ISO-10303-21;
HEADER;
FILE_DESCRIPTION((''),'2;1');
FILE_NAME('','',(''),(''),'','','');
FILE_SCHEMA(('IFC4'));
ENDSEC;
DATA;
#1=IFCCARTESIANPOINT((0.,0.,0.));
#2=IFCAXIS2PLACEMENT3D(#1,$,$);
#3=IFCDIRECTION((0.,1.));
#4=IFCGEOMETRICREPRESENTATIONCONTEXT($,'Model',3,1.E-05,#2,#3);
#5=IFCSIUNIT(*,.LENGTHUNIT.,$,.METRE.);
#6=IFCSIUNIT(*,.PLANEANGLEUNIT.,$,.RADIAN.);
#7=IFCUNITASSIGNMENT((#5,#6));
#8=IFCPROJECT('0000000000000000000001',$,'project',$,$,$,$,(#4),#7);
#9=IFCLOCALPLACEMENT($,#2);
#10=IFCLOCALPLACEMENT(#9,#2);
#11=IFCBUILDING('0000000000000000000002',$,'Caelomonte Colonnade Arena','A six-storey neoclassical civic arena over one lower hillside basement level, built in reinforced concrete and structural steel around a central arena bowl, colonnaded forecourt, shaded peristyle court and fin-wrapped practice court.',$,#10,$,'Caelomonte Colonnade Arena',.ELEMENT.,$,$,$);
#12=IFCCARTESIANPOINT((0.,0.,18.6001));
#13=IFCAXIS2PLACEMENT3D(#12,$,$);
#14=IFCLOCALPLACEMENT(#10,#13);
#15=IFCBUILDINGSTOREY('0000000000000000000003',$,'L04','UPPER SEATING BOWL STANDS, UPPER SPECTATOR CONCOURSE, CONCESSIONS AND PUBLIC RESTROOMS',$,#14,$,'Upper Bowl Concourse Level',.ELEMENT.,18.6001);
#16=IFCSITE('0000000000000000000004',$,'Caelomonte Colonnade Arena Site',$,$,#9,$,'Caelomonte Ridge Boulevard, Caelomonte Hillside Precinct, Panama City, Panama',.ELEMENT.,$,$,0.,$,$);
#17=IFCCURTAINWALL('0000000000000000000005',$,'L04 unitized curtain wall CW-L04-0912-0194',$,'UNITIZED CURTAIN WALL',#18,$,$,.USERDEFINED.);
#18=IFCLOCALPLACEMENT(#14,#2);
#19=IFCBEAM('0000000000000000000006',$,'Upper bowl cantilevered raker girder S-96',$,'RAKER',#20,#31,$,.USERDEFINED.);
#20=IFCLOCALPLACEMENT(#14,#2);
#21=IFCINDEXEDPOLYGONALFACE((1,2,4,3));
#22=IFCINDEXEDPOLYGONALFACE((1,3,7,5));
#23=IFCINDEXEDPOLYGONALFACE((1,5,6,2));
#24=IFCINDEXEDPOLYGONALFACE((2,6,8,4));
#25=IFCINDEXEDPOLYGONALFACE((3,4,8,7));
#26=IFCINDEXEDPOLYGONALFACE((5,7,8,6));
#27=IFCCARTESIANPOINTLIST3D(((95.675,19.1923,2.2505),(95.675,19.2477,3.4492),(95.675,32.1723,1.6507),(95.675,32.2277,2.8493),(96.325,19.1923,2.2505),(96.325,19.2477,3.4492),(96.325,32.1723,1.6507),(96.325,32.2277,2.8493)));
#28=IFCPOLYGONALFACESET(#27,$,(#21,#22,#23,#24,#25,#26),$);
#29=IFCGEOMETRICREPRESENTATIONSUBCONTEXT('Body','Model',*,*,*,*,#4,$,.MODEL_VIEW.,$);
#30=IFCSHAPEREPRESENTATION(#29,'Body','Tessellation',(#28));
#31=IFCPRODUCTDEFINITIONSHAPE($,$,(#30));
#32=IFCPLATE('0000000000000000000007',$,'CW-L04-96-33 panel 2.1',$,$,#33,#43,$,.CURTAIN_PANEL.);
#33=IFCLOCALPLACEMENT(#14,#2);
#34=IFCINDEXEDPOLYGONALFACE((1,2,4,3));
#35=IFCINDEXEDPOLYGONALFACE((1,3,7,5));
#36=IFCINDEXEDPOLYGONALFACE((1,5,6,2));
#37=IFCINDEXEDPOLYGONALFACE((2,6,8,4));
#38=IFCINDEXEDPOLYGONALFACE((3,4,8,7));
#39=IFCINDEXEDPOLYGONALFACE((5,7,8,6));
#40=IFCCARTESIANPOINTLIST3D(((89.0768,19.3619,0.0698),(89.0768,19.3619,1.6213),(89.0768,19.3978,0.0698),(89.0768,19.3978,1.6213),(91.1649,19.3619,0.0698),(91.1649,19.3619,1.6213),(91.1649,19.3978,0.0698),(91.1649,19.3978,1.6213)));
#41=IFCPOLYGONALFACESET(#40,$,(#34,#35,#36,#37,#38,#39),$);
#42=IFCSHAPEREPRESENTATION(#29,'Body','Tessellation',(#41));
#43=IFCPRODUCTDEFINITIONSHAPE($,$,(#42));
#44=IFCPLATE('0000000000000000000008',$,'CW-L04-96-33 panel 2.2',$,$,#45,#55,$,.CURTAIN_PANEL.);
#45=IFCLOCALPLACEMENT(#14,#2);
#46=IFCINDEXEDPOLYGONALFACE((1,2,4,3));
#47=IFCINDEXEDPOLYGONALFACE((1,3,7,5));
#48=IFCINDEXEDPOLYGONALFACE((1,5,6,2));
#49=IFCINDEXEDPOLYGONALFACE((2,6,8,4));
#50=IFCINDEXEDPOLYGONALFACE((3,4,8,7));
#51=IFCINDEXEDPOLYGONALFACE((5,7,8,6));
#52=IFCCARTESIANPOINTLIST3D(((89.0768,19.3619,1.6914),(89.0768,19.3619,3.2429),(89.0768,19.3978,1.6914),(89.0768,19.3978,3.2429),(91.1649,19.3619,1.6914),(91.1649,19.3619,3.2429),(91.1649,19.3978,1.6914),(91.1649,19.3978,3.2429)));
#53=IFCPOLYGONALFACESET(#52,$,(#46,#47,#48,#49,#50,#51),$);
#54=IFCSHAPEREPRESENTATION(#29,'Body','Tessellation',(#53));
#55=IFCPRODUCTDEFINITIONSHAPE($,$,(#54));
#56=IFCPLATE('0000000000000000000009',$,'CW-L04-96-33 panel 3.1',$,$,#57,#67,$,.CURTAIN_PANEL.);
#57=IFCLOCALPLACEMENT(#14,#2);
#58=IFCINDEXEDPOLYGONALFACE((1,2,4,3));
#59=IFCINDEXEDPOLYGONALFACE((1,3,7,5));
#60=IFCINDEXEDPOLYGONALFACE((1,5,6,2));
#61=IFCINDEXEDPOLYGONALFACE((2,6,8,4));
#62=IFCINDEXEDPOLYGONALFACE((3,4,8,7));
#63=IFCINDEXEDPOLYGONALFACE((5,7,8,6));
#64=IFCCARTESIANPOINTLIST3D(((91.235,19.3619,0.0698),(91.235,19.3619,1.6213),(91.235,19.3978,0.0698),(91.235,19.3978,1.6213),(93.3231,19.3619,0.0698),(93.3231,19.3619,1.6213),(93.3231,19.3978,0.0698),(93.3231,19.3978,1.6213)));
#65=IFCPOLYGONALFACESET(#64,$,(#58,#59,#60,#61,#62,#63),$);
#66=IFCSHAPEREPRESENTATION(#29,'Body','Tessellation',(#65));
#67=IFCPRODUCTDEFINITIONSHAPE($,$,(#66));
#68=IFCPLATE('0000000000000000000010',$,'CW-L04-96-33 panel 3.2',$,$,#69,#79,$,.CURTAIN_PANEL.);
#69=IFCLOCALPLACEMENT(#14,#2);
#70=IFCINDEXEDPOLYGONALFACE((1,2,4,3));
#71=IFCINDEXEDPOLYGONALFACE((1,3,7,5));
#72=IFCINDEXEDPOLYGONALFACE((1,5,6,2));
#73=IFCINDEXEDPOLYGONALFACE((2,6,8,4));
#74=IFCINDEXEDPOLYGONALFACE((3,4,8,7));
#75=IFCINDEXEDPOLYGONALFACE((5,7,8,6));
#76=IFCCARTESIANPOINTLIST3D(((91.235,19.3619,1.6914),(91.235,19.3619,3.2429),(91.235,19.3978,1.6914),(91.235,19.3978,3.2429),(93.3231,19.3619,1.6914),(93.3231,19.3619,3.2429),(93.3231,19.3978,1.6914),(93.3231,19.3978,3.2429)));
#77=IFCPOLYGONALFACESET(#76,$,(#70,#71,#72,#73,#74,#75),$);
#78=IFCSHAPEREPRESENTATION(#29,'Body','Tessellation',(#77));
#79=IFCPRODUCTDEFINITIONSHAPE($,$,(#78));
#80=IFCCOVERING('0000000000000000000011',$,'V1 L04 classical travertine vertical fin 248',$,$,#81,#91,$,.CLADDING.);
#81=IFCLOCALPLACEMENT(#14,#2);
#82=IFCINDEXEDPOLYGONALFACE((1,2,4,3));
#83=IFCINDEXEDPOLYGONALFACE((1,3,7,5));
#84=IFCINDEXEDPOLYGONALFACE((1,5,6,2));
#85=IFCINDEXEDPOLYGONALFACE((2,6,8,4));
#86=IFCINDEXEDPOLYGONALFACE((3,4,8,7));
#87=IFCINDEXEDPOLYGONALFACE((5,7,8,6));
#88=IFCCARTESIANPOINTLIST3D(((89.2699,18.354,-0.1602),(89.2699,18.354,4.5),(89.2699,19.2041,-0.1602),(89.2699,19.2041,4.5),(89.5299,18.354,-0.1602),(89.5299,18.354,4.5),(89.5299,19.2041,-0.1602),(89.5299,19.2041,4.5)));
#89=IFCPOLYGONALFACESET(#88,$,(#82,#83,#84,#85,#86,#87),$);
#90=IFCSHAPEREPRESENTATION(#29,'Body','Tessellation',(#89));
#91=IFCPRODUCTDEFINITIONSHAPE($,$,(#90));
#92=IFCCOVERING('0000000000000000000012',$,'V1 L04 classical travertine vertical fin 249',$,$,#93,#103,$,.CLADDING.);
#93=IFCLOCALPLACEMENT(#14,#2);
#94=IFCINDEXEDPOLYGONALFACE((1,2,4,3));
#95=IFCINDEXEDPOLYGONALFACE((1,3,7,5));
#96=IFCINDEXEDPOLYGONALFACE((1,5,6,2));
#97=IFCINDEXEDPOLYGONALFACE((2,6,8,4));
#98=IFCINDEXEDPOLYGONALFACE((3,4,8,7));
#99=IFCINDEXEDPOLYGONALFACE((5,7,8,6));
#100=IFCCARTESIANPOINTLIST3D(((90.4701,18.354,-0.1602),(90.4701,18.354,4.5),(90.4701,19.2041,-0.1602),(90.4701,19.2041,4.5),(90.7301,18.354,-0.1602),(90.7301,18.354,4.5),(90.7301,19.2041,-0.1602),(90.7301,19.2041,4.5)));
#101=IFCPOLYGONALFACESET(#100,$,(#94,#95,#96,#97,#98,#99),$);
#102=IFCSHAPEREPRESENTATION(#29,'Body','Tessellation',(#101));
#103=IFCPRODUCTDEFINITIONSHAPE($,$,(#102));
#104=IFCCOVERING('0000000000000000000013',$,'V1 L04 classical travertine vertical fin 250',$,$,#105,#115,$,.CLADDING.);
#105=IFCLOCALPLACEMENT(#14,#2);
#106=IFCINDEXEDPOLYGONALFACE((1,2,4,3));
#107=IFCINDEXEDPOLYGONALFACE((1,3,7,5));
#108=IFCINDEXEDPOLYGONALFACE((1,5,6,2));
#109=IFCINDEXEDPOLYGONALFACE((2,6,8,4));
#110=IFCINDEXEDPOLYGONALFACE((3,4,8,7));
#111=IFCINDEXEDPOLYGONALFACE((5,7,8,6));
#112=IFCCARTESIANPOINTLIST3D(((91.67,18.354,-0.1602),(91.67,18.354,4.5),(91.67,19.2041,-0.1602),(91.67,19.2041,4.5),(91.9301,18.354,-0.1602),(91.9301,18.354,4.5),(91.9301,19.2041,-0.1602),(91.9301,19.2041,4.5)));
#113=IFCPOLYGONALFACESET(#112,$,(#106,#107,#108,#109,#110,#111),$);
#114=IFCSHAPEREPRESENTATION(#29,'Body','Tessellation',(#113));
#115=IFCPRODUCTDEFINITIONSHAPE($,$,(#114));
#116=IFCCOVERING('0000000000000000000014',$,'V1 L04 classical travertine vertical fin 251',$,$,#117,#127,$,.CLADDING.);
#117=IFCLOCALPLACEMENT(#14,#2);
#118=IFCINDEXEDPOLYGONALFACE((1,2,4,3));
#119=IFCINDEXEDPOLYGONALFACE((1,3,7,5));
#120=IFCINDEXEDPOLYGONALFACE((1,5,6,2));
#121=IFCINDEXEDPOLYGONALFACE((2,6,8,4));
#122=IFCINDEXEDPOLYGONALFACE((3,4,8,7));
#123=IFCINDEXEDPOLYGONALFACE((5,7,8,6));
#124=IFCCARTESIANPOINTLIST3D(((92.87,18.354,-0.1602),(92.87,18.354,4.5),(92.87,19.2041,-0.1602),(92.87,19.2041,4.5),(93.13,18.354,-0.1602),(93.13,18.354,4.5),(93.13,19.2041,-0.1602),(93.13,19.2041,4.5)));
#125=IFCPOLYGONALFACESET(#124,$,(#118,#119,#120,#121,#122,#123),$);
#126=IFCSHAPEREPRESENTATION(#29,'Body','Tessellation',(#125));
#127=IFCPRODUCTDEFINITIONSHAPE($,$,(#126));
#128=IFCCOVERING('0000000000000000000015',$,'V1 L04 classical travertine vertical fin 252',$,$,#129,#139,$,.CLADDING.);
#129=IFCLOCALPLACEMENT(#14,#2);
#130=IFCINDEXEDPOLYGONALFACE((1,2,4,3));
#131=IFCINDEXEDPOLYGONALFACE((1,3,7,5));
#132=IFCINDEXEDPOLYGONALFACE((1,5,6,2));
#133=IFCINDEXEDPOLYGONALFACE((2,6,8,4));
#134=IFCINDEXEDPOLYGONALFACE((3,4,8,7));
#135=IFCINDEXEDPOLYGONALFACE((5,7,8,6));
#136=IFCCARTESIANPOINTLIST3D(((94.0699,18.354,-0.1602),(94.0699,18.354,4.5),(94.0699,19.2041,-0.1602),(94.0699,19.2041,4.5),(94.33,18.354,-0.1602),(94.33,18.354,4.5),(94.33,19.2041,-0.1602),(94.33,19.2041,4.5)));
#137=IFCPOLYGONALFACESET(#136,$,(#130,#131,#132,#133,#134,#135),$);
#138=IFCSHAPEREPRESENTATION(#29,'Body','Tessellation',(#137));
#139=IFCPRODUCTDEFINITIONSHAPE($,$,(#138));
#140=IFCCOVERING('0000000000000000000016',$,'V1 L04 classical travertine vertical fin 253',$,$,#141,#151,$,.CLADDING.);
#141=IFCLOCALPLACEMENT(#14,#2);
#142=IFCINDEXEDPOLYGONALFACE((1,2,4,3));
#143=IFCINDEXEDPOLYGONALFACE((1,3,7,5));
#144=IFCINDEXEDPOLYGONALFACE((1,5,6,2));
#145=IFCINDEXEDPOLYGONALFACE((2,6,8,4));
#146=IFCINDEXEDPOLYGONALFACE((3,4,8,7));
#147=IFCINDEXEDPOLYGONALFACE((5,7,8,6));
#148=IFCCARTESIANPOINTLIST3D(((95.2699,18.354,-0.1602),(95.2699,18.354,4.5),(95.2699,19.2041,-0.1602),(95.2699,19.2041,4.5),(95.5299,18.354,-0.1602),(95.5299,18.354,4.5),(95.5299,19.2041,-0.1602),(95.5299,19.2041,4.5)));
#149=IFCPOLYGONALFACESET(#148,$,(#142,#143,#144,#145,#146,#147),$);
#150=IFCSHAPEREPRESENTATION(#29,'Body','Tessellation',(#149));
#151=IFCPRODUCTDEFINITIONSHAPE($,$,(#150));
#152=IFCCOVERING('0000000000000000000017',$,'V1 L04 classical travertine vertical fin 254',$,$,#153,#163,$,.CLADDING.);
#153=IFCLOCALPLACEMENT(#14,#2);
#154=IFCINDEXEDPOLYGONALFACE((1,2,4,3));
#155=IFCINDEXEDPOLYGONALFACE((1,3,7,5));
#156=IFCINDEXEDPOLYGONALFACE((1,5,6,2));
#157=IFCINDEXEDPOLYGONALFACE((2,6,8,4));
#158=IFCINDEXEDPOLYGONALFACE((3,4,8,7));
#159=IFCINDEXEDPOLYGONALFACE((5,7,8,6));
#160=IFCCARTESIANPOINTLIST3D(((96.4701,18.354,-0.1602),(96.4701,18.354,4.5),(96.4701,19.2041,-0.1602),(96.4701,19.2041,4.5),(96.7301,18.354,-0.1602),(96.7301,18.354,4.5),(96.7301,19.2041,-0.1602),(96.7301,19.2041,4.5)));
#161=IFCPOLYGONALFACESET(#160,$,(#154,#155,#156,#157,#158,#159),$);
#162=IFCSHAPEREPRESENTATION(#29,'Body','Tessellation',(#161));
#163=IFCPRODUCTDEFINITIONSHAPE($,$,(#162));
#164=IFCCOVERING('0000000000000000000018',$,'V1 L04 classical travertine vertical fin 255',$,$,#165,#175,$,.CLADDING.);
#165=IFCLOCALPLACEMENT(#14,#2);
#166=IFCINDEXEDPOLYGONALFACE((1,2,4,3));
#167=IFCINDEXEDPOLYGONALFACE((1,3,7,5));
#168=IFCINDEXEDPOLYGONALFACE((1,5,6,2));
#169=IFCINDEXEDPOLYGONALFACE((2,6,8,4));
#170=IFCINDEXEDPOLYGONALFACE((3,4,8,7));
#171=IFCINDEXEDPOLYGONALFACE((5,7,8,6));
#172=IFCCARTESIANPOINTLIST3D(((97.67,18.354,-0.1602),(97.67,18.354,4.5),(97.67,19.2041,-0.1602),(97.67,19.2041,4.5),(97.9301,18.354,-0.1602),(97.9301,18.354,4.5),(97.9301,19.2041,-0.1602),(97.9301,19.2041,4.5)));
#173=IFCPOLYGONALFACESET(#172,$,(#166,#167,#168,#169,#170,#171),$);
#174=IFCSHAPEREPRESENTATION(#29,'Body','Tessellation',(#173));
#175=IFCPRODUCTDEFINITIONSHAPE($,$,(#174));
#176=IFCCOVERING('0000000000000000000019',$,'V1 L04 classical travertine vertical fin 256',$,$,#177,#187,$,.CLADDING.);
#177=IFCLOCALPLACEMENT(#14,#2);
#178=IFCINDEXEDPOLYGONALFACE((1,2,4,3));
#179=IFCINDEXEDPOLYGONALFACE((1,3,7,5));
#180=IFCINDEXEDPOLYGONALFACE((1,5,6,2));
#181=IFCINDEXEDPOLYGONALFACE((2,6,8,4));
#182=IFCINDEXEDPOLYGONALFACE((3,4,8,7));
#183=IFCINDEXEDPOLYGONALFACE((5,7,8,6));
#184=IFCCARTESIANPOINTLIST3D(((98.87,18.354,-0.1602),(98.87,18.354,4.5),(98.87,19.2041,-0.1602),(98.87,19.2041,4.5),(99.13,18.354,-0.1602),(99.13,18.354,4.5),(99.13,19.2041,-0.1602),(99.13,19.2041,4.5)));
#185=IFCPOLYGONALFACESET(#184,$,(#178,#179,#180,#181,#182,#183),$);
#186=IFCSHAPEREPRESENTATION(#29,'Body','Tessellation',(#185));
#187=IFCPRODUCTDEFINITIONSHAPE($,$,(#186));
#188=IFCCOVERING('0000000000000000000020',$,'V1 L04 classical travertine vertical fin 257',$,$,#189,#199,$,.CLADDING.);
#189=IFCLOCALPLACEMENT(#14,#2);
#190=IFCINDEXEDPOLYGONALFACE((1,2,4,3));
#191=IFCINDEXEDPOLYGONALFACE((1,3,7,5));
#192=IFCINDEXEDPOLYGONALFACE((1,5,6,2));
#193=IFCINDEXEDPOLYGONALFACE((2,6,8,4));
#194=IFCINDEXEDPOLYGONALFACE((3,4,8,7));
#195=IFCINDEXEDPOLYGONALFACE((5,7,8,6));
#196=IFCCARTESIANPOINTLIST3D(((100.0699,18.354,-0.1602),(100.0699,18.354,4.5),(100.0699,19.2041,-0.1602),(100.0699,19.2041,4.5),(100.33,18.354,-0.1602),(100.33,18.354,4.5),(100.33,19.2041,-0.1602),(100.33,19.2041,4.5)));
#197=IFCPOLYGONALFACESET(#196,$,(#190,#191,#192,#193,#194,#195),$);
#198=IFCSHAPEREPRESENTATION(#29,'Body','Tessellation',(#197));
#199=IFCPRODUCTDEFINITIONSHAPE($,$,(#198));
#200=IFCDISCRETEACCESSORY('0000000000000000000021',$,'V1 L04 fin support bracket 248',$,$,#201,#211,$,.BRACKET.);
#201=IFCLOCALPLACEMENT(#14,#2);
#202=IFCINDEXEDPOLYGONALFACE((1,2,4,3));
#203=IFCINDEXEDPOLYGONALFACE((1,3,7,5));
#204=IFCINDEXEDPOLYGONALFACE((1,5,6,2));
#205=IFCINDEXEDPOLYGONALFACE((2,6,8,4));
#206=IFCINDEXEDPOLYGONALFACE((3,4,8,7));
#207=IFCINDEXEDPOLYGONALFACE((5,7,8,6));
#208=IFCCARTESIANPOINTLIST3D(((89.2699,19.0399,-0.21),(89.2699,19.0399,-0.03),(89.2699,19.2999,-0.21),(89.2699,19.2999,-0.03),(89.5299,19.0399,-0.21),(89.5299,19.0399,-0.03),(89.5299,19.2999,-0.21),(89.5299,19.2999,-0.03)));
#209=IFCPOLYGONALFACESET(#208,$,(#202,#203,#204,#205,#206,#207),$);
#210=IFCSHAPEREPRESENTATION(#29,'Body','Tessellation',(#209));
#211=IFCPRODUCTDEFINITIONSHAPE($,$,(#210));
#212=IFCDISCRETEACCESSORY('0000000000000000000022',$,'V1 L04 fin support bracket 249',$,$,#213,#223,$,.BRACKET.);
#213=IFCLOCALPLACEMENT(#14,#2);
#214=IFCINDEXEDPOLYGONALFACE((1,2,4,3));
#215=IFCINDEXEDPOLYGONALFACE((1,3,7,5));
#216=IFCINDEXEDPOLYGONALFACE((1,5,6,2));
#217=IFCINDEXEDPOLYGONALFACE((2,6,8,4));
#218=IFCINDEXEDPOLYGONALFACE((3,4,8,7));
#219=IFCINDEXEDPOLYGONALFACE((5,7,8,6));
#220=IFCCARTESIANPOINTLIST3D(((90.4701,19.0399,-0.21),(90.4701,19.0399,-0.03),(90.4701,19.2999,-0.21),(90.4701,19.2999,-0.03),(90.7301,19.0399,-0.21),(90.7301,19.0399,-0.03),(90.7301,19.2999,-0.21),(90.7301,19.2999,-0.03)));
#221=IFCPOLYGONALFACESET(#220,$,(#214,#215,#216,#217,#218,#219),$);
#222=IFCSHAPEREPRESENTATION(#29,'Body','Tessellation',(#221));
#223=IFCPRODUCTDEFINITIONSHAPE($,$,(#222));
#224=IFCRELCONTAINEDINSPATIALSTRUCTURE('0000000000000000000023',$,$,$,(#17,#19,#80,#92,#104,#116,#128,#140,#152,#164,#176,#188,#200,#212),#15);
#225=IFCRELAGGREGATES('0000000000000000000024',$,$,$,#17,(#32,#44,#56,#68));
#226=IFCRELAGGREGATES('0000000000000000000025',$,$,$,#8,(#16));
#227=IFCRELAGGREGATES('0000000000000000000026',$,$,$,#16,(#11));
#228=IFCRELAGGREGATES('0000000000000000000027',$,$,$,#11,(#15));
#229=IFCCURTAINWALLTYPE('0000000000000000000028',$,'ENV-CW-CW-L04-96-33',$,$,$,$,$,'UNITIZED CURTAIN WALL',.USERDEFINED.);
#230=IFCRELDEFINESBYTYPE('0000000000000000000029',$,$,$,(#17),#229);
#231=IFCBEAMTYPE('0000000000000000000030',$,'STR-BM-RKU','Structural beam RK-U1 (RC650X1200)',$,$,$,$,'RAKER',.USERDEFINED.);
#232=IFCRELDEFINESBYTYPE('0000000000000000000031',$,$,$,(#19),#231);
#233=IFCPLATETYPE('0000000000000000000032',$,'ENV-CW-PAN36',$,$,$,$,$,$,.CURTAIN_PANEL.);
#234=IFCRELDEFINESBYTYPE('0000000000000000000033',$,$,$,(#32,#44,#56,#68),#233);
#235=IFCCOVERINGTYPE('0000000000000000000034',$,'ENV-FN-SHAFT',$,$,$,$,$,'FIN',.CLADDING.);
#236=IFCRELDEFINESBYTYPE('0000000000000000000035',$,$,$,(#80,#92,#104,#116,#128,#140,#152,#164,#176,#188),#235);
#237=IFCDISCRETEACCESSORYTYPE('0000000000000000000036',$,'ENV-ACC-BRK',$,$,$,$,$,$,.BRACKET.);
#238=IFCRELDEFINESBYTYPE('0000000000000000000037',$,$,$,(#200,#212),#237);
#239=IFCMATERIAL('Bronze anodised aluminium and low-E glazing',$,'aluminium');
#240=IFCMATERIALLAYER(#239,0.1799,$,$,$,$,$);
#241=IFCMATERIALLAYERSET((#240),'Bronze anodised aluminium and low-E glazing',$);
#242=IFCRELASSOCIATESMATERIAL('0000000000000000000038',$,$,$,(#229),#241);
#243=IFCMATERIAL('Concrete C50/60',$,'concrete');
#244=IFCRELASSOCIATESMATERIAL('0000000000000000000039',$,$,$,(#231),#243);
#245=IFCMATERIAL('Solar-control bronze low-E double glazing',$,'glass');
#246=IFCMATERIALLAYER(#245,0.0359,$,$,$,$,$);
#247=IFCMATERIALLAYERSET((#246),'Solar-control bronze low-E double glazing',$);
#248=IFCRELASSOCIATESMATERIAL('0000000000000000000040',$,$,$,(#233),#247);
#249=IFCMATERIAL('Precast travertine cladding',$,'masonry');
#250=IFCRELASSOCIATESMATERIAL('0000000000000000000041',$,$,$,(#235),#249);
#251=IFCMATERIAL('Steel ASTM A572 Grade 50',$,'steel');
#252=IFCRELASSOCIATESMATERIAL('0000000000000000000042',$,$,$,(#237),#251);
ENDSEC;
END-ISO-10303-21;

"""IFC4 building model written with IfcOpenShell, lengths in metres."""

from ifc_helpers import new_model, si_unit, direction, frame, origin, origin_2d, place, context, subcontext, project, spatial, rectangle, extrude, material, layer, layer_set, material_profile, profile_set, type_object, element, aggregate, save


model = new_model("IFC4")

# Units and contexts
model_context = context("Model", 3, precision=1e-05, world=origin(), true_north=direction((0.0, 1.0)))
body_context = subcontext(model_context, "Body", "Model", "MODEL_VIEW")
ifc_project = project(units=[si_unit("LENGTHUNIT", "METRE"), si_unit("PLANEANGLEUNIT", "RADIAN")], contexts=[model_context])

# Site, building, storey
site_placement = place(None, origin())
site = spatial("IfcSite", under=ifc_project, at=site_placement, Name="Caelomonte Colonnade Arena Site", LongName="Caelomonte Ridge Boulevard, Caelomonte Hillside Precinct, Panama City, Panama", CompositionType="ELEMENT", RefElevation=0.0)
building_placement = place(site_placement, origin())
building = spatial("IfcBuilding", under=site, at=building_placement, Name="Caelomonte Colonnade Arena", Description="A six-storey neoclassical civic arena over one lower hillside basement level, built in reinforced concrete and structural steel around a central arena bowl, colonnaded forecourt, shaded peristyle court and fin-wrapped practice court.", LongName="Caelomonte Colonnade Arena", CompositionType="ELEMENT")
storey_placement = place(building_placement, frame((0.0, 0.0, 18.6001)))
storey = spatial("IfcBuildingStorey", under=building, at=storey_placement, Name="L04", Description="UPPER SEATING BOWL STANDS, UPPER SPECTATOR CONCOURSE, CONCESSIONS AND PUBLIC RESTROOMS", LongName="Upper Bowl Concourse Level", CompositionType="ELEMENT", Elevation=18.6001)

# Curtain wall
ifc_material_1 = material(Name="Bronze anodised aluminium and low-E glazing", Category="aluminium")
ifc_layer_1 = layer(ifc_material_1, 0.1799)
ifc_layer_set_1 = layer_set([ifc_layer_1], Name="Bronze anodised aluminium and low-E glazing")
curtain_wall_type = type_object("IfcCurtainWallType", Name="ENV-CW-CW-L04-96-33", ElementType="UNITIZED CURTAIN WALL", PredefinedType="USERDEFINED", material=ifc_layer_set_1)
curtain_wall_placement = place(storey_placement, origin())
curtain_wall = element("IfcCurtainWall", 1, at=curtain_wall_placement, inside=storey, type_object=curtain_wall_type, Name="L04 unitized curtain wall CW-L04-0912-0194", ObjectType="UNITIZED CURTAIN WALL", PredefinedType="USERDEFINED")

# Beam
ifc_material_2 = material(Name="Concrete C50/60", Category="concrete")
ifc_material_profile_1 = material_profile(ifc_material_2, rectangle(XDim=0.6499, YDim=1.2, at=origin_2d()), Name="RC650X1200")
ifc_profile_set_1 = profile_set([ifc_material_profile_1], Name="Concrete C50/60")
beam_type_1 = type_object("IfcBeamType", Name="STR-BM-RKU", Description="Structural beam RK-U1 (RC650X1200)", ElementType="RAKER", PredefinedType="USERDEFINED", material=ifc_profile_set_1)
beam_1_placement = place(storey_placement, frame((96.0, 19.22, 2.8499), z_axis=(0.0, 0.998934, -0.046164), x_axis=(-1.0, 0.0, 0.0)))
element("IfcBeam", 2, at=beam_1_placement, inside=storey, type_object=beam_type_1, Name="Upper bowl cantilevered raker girder S-96", ObjectType="RAKER", PredefinedType="USERDEFINED", context=body_context, shape_type="SweptSolid", body=[
    extrude(rectangle(XDim=0.6499, YDim=1.2, at=origin_2d()), origin(), (0.0, 0.0, 1.0), 12.9939),
])

# Plates
ifc_material_3 = material(Name="Solar-control bronze low-E double glazing", Category="glass")
ifc_layer_2 = layer(ifc_material_3, 0.0359)
ifc_layer_set_2 = layer_set([ifc_layer_2], Name="Solar-control bronze low-E double glazing")
plate_type = type_object("IfcPlateType", Name="ENV-CW-PAN36", PredefinedType="CURTAIN_PANEL", material=ifc_layer_set_2)
plate_1_placement = place(storey_placement, frame((90.1208, 19.3799, 0.0698), z_axis=(0.0, 0.0, 1.0), x_axis=(1.0, 0.0, 0.0)))
plate_1 = element("IfcPlate", 3, at=plate_1_placement, type_object=plate_type, Name="CW-L04-96-33 panel 2.1", PredefinedType="CURTAIN_PANEL", context=body_context, shape_type="SweptSolid", body=[
    extrude(rectangle(XDim=2.0881, YDim=0.0359, at=origin_2d()), origin(), (0.0, 0.0, 1.0), 1.5515),
])
plate_2_placement = place(storey_placement, frame((90.1208, 19.3799, 1.6914), z_axis=(0.0, 0.0, 1.0), x_axis=(1.0, 0.0, 0.0)))
plate_2 = element("IfcPlate", 4, at=plate_2_placement, type_object=plate_type, Name="CW-L04-96-33 panel 2.2", PredefinedType="CURTAIN_PANEL", context=body_context, shape_type="SweptSolid", body=[
    extrude(rectangle(XDim=2.0881, YDim=0.0359, at=origin_2d()), origin(), (0.0, 0.0, 1.0), 1.5515),
])
plate_3_placement = place(storey_placement, frame((92.2791, 19.3799, 0.0698), z_axis=(0.0, 0.0, 1.0), x_axis=(1.0, 0.0, 0.0)))
plate_3 = element("IfcPlate", 5, at=plate_3_placement, type_object=plate_type, Name="CW-L04-96-33 panel 3.1", PredefinedType="CURTAIN_PANEL", context=body_context, shape_type="SweptSolid", body=[
    extrude(rectangle(XDim=2.0881, YDim=0.0359, at=origin_2d()), origin(), (0.0, 0.0, 1.0), 1.5515),
])
plate_4_placement = place(storey_placement, frame((92.2791, 19.3799, 1.6914), z_axis=(0.0, 0.0, 1.0), x_axis=(1.0, 0.0, 0.0)))
plate_4 = element("IfcPlate", 6, at=plate_4_placement, type_object=plate_type, Name="CW-L04-96-33 panel 3.2", PredefinedType="CURTAIN_PANEL", context=body_context, shape_type="SweptSolid", body=[
    extrude(rectangle(XDim=2.0881, YDim=0.0359, at=origin_2d()), origin(), (0.0, 0.0, 1.0), 1.5515),
])
aggregate(curtain_wall, [plate_1, plate_2, plate_3, plate_4])

# Coverings
ifc_material_4 = material(Name="Precast travertine cladding", Category="masonry")
ifc_material_profile_2 = material_profile(ifc_material_4, rectangle(XDim=0.26, YDim=0.8501, at=origin_2d()), Name="FIN260X850")
ifc_profile_set_2 = profile_set([ifc_material_profile_2], Name="Precast travertine cladding")
covering_type = type_object("IfcCoveringType", Name="ENV-FN-SHAFT", ElementType="FIN", PredefinedType="CLADDING", material=ifc_profile_set_2)
for number, where, z_axis, x_axis, name in (
    (7, (89.3999, 18.7791, -0.1602), (0.0, 0.0, 1.0), (-1.0, 0.0, 0.0), "V1 L04 classical travertine vertical fin 248"),
    (8, (90.6001, 18.7791, -0.1602), (0.0, 0.0, 1.0), (-1.0, 0.0, 0.0), "V1 L04 classical travertine vertical fin 249"),
    (9, (91.8, 18.7791, -0.1602), (0.0, 0.0, 1.0), (-1.0, 0.0, 0.0), "V1 L04 classical travertine vertical fin 250"),
    (10, (93.0, 18.7791, -0.1602), (0.0, 0.0, 1.0), (-1.0, 0.0, 0.0), "V1 L04 classical travertine vertical fin 251"),
    (11, (94.2, 18.7791, -0.1602), (0.0, 0.0, 1.0), (-1.0, 0.0, 0.0), "V1 L04 classical travertine vertical fin 252"),
    (12, (95.3999, 18.7791, -0.1602), (0.0, 0.0, 1.0), (-1.0, 0.0, 0.0), "V1 L04 classical travertine vertical fin 253"),
    (13, (96.6001, 18.7791, -0.1602), (0.0, 0.0, 1.0), (-1.0, 0.0, 0.0), "V1 L04 classical travertine vertical fin 254"),
    (14, (97.8, 18.7791, -0.1602), (0.0, 0.0, 1.0), (-1.0, 0.0, 0.0), "V1 L04 classical travertine vertical fin 255"),
    (15, (99.0, 18.7791, -0.1602), (0.0, 0.0, 1.0), (-1.0, 0.0, 0.0), "V1 L04 classical travertine vertical fin 256"),
    (16, (100.2, 18.7791, -0.1602), (0.0, 0.0, 1.0), (-1.0, 0.0, 0.0), "V1 L04 classical travertine vertical fin 257"),
):
    element("IfcCovering", number, at=place(storey_placement, frame(where, z_axis=z_axis, x_axis=x_axis)), inside=storey, type_object=covering_type, Name=name, PredefinedType="CLADDING", context=body_context, shape_type="SweptSolid", body=[
        extrude(rectangle(XDim=0.26, YDim=0.8501, at=origin_2d()), origin(), (0.0, 0.0, 1.0), 4.6602),
    ])

# Discrete accessories
ifc_material_5 = material(Name="Steel ASTM A572 Grade 50", Category="steel")
discrete_accessory_type = type_object("IfcDiscreteAccessoryType", Name="ENV-ACC-BRK", PredefinedType="BRACKET", material=ifc_material_5)
for number, where, z_axis, x_axis, name in (
    (17, (89.3999, 19.1699, -0.21), (0.0, 0.0, 1.0), (1.0, 0.0, 0.0), "V1 L04 fin support bracket 248"),
    (18, (90.6001, 19.1699, -0.21), (0.0, 0.0, 1.0), (1.0, 0.0, 0.0), "V1 L04 fin support bracket 249"),
):
    element("IfcDiscreteAccessory", number, at=place(storey_placement, frame(where, z_axis=z_axis, x_axis=x_axis)), inside=storey, type_object=discrete_accessory_type, Name=name, PredefinedType="BRACKET", context=body_context, shape_type="SweptSolid", body=[
        extrude(rectangle(XDim=0.26, YDim=0.26, at=origin_2d()), origin(), (0.0, 0.0, 1.0), 0.1799),
    ])

save(model, "model.ifc")
